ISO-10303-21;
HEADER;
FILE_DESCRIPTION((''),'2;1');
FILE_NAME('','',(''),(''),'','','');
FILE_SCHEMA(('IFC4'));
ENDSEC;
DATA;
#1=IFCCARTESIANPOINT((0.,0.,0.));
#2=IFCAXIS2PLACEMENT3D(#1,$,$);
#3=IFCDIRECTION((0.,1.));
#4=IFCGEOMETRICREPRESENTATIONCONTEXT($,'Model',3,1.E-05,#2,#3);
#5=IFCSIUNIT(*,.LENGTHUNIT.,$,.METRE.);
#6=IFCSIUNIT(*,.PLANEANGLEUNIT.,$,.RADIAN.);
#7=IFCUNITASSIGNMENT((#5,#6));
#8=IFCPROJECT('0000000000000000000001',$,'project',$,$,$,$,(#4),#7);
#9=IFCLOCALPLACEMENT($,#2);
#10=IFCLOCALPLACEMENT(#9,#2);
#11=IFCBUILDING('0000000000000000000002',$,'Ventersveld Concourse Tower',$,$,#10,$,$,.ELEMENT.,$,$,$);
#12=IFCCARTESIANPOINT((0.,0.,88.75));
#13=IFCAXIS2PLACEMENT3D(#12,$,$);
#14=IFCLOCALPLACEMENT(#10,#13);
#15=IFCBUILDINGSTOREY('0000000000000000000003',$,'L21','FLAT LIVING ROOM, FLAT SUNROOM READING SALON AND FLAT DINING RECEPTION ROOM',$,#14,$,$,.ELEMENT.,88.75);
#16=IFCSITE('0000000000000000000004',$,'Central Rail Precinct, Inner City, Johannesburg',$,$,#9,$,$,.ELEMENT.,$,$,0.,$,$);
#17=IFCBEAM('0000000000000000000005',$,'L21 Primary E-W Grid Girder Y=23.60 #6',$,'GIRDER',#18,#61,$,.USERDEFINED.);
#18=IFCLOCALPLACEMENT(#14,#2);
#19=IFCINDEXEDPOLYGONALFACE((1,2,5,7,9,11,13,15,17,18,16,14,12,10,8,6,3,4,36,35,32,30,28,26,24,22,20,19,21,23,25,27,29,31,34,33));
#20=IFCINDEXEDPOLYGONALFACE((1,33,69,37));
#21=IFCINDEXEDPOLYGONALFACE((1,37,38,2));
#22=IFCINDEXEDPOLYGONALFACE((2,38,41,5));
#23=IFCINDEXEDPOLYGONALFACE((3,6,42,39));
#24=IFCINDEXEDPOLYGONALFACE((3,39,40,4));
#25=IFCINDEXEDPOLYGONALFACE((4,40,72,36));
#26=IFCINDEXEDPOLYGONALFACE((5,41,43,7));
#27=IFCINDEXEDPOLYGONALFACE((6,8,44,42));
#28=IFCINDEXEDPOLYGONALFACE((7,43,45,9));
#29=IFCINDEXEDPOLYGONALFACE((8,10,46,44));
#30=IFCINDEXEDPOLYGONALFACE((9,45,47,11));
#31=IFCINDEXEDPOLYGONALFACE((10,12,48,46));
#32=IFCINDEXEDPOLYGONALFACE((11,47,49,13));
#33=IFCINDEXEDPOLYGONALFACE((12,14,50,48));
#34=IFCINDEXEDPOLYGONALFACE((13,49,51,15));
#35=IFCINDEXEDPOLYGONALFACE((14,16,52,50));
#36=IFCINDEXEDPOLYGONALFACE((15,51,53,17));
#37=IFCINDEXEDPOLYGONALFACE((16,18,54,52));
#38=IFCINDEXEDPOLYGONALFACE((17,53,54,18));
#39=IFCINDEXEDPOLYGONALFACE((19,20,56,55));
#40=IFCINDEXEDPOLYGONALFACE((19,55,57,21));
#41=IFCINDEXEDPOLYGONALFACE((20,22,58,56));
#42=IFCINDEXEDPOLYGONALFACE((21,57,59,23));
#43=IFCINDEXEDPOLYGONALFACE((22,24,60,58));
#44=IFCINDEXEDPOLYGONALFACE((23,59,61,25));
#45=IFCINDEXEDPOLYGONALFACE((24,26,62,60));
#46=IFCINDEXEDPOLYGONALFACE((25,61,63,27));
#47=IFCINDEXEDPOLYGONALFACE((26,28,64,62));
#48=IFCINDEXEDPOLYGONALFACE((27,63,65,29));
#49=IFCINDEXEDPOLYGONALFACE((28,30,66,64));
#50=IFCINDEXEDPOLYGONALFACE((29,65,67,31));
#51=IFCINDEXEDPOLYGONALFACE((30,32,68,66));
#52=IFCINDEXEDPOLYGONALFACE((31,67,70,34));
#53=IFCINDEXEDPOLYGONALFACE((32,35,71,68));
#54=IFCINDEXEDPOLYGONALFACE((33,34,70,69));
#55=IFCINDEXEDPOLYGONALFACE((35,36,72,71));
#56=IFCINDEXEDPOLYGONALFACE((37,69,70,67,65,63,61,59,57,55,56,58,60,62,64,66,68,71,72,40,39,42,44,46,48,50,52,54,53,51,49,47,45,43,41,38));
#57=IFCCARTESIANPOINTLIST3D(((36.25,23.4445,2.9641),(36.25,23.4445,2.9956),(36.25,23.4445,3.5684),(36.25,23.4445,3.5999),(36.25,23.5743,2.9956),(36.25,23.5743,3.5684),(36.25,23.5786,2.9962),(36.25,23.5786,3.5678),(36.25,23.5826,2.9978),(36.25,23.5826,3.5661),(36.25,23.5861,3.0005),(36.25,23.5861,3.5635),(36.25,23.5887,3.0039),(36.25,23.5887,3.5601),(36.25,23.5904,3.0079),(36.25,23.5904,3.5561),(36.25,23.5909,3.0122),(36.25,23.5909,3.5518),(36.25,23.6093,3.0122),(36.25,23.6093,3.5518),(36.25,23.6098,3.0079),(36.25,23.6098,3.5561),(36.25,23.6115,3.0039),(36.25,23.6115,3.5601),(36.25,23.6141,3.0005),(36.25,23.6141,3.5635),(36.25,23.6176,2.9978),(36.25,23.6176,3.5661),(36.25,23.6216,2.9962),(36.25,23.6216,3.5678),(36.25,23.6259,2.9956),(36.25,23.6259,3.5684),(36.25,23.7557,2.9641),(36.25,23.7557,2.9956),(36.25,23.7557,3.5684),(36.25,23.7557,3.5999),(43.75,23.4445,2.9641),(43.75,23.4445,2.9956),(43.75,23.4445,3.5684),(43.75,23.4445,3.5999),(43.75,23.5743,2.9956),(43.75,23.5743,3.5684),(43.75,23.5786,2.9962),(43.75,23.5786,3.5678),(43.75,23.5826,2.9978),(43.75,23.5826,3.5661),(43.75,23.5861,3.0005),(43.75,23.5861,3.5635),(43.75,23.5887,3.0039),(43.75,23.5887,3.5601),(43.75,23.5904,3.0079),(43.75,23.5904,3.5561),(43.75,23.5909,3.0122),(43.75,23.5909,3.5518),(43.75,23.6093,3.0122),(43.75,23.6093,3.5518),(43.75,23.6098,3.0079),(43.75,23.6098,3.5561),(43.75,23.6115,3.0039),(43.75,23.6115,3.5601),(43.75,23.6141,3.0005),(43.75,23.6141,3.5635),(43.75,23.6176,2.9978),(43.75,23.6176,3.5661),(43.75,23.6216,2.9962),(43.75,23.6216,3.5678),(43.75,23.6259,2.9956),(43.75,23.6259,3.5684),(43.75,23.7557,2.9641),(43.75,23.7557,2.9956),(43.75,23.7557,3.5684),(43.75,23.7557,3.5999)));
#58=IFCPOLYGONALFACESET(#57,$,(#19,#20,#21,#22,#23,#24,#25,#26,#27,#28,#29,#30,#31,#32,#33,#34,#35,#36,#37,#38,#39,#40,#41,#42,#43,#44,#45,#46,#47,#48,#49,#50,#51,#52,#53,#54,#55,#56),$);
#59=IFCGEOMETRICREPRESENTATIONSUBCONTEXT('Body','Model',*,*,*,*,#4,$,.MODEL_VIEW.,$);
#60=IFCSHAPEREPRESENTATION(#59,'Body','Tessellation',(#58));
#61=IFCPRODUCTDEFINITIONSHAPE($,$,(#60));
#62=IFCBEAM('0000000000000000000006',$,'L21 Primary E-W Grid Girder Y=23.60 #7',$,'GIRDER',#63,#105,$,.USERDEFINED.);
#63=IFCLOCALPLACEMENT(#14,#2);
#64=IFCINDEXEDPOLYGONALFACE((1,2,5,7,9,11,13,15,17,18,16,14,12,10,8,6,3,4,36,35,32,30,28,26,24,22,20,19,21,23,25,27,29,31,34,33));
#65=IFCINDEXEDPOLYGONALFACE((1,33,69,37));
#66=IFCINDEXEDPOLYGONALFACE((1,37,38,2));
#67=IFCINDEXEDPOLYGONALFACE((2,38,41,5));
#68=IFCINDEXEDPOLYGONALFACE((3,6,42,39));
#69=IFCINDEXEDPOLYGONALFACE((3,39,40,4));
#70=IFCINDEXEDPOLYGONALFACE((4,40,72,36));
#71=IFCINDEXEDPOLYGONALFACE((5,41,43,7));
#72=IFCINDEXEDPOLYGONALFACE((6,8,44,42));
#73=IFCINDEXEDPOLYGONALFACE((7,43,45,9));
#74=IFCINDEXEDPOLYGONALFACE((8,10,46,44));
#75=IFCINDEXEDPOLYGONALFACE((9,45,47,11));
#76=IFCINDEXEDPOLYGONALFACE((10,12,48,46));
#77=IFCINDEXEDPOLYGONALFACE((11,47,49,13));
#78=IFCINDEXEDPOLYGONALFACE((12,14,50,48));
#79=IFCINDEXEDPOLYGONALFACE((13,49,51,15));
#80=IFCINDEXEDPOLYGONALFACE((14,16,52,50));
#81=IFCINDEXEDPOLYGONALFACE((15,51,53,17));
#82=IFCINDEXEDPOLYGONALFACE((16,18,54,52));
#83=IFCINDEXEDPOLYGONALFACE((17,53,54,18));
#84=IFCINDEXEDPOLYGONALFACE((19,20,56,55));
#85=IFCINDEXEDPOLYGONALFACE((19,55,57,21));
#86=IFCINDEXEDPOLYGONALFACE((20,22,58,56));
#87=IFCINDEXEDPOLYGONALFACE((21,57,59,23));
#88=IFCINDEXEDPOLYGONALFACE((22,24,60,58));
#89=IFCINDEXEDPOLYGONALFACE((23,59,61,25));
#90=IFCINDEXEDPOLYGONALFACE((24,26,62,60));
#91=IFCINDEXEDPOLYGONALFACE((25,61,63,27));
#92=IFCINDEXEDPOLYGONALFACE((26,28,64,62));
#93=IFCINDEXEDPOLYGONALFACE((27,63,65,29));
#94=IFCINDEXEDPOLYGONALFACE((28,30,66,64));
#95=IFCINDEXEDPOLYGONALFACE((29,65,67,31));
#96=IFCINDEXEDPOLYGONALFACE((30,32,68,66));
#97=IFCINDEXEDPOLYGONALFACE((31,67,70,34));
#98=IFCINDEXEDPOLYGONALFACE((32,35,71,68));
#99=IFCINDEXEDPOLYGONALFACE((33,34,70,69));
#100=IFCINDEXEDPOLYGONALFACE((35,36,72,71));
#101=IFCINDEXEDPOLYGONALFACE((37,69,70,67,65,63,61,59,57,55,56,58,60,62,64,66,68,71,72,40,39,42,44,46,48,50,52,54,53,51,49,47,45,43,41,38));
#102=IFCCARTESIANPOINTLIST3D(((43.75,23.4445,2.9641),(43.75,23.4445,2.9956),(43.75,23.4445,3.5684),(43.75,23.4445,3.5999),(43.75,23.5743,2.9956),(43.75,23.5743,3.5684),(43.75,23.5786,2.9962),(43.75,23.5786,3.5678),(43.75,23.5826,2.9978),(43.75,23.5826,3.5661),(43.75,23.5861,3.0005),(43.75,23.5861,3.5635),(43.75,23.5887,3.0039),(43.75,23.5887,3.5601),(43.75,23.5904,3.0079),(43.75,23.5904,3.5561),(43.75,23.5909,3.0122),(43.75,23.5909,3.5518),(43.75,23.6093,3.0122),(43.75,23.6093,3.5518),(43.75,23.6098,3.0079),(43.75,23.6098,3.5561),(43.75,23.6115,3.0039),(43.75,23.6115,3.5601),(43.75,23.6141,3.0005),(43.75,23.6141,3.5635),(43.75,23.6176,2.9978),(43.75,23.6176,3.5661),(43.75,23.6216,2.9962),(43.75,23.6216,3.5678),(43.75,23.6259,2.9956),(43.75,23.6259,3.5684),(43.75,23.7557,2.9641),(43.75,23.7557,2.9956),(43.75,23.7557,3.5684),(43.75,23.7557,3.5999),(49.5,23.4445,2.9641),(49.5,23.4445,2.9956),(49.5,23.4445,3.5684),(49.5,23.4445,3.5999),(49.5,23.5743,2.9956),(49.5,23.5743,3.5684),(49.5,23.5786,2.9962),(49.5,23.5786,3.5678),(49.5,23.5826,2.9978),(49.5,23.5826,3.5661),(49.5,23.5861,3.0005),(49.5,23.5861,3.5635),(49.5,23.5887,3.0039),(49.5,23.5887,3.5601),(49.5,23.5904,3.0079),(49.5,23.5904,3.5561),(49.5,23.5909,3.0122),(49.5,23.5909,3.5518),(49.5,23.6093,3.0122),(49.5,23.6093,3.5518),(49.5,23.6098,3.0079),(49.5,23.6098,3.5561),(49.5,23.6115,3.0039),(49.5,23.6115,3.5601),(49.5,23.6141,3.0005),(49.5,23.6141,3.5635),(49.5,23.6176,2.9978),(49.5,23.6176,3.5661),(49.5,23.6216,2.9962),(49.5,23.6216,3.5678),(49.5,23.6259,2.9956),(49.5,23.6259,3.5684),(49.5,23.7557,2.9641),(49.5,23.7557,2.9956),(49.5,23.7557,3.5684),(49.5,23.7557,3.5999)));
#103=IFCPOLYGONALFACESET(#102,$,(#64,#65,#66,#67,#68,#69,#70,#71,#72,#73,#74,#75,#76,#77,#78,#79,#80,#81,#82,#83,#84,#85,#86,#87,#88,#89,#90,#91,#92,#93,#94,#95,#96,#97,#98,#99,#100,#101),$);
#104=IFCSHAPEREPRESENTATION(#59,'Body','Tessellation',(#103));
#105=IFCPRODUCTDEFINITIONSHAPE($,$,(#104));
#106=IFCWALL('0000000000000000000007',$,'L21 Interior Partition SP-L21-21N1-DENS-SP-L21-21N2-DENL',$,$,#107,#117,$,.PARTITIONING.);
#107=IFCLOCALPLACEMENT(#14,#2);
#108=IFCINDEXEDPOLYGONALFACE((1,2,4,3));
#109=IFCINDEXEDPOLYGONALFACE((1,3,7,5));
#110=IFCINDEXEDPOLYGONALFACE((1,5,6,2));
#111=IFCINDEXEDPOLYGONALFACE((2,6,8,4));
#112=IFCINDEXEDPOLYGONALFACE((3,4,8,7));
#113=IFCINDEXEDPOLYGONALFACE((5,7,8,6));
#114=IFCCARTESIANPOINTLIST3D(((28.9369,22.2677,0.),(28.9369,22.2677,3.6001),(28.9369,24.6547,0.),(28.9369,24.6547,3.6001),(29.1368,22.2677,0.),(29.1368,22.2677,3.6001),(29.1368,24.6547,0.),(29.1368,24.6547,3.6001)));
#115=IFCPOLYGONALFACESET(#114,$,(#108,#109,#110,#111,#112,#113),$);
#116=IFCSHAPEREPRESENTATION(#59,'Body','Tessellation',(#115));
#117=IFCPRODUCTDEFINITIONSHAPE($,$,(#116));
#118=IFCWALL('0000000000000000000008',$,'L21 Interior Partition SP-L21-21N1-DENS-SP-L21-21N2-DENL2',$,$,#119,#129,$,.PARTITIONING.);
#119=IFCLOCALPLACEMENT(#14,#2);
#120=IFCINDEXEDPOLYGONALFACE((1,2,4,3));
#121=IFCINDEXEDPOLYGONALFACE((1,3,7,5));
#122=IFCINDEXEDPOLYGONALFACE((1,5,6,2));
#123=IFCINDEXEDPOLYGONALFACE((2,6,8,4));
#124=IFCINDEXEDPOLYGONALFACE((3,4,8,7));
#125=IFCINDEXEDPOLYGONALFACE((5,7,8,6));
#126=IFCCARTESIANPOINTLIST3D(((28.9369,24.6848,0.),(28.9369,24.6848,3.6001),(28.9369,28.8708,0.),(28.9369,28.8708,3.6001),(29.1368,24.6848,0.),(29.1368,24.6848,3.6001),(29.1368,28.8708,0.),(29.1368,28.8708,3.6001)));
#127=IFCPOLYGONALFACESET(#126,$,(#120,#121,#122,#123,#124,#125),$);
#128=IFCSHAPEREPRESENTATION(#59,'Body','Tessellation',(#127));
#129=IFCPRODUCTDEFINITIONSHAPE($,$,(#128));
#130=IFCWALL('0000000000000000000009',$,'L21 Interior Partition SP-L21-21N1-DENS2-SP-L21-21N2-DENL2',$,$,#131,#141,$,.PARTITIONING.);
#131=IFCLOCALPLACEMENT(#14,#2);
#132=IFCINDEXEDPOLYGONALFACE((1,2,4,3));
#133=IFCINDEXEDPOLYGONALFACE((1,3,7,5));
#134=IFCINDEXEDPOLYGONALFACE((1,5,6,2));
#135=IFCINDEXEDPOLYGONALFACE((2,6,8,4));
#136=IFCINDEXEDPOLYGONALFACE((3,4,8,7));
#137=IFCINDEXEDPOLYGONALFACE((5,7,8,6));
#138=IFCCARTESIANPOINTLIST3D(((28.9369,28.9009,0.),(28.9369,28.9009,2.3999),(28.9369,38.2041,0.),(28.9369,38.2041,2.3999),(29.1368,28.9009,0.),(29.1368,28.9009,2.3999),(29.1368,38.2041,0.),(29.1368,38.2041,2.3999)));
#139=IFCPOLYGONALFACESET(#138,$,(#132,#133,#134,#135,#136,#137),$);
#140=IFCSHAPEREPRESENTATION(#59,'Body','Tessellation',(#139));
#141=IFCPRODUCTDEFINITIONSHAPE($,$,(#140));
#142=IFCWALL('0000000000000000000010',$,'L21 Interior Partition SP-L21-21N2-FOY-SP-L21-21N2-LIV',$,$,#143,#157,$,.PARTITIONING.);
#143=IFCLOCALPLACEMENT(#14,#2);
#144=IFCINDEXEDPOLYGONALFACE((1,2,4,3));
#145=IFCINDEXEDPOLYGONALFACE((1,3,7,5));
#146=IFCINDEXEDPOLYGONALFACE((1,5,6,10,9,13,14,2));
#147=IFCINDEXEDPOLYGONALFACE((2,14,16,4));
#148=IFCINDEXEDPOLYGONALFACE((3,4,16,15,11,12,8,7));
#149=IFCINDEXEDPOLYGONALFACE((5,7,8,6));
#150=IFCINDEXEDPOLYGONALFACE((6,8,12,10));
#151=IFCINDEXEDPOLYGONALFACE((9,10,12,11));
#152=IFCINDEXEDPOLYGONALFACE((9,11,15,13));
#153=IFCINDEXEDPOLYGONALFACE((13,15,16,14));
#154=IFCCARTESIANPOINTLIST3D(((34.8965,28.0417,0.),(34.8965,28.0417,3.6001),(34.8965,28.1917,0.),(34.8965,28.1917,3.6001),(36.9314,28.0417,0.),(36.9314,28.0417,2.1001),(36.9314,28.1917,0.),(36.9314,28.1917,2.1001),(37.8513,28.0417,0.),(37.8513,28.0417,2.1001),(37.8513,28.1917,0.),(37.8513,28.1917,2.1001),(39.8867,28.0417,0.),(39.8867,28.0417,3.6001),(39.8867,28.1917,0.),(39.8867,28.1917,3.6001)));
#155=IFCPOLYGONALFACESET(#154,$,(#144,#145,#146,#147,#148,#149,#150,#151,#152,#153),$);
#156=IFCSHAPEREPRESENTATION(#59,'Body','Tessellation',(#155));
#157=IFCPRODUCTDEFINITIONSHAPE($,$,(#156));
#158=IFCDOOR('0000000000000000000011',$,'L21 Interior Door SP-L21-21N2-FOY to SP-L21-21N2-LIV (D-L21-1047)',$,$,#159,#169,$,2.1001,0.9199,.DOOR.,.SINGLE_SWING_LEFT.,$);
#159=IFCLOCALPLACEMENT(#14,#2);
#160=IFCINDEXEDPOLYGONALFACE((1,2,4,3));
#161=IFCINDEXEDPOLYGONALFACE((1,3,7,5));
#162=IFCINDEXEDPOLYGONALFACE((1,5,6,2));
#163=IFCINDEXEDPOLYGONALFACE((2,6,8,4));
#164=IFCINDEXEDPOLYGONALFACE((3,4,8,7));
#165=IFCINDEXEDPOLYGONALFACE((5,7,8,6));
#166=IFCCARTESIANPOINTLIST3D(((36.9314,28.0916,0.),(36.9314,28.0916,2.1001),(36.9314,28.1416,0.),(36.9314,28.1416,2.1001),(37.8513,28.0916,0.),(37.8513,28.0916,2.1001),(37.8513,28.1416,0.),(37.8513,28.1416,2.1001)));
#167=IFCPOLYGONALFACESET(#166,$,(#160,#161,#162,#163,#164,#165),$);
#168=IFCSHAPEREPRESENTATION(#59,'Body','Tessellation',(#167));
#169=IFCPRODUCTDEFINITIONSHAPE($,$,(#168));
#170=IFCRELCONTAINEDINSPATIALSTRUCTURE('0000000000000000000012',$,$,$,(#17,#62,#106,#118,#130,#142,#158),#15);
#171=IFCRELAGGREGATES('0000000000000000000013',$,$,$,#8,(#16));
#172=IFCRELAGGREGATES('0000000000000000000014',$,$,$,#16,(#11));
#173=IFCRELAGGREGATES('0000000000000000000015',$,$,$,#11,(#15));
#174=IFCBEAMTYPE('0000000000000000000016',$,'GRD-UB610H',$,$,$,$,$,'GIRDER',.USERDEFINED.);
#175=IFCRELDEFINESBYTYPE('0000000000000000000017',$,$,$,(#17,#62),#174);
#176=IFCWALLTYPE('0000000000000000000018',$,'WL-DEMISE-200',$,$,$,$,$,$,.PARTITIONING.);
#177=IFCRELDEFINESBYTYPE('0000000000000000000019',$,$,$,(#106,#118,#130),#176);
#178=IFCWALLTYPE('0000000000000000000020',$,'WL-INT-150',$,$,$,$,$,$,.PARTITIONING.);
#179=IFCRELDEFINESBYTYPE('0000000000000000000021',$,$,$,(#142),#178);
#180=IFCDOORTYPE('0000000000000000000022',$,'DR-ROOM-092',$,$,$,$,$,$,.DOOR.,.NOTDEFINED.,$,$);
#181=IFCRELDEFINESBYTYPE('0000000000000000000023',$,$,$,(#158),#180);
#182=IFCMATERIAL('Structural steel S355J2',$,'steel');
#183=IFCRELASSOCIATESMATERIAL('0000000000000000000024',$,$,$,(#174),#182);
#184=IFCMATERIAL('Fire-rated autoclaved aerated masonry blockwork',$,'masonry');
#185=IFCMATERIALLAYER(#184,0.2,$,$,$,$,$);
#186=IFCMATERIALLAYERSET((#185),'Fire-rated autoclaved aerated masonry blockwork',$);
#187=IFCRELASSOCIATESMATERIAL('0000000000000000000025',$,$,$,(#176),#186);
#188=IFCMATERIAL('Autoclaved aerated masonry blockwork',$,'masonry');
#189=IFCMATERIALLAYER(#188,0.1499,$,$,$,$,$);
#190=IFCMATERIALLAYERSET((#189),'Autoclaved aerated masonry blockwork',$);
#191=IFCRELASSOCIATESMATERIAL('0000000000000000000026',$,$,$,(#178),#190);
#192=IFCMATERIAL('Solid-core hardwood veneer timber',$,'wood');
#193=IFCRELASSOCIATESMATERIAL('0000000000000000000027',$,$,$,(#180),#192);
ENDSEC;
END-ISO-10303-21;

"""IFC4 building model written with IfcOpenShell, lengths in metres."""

from ifc_helpers import new_model, si_unit, direction, frame, frame_2d, origin, origin_2d, place, context, subcontext, project, spatial, rectangle, i_section, extrude, material, layer, layer_set, material_profile, profile_set, type_object, element, fill, save


model = new_model("IFC4")

# Units and contexts
model_context = context("Model", 3, precision=1e-05, world=origin(), true_north=direction((0.0, 1.0)))
body_context = subcontext(model_context, "Body", "Model", "MODEL_VIEW")
ifc_project = project(units=[si_unit("LENGTHUNIT", "METRE"), si_unit("PLANEANGLEUNIT", "RADIAN")], contexts=[model_context])

# Site, building, storey
site_placement = place(None, origin())
site = spatial("IfcSite", under=ifc_project, at=site_placement, Name="Central Rail Precinct, Inner City, Johannesburg", CompositionType="ELEMENT", RefElevation=0.0)
building_placement = place(site_placement, origin())
building = spatial("IfcBuilding", under=site, at=building_placement, Name="Ventersveld Concourse Tower", CompositionType="ELEMENT")
storey_placement = place(building_placement, frame((0.0, 0.0, 88.75)))
storey = spatial("IfcBuildingStorey", under=building, at=storey_placement, Name="L21", Description="FLAT LIVING ROOM, FLAT SUNROOM READING SALON AND FLAT DINING RECEPTION ROOM", CompositionType="ELEMENT", Elevation=88.75)

# Beams
ifc_material_1 = material(Name="Structural steel S355J2", Category="steel")
ifc_material_profile_1 = material_profile(ifc_material_1, i_section(OverallWidth=0.3113, OverallDepth=0.6357, WebThickness=0.0183, FlangeThickness=0.0315, FilletRadius=0.0166, at=origin_2d()), Name="UB 610x305x238")
ifc_profile_set_1 = profile_set([ifc_material_profile_1], Name="Structural steel S355J2")
beam_type_1 = type_object("IfcBeamType", Name="GRD-UB610H", ElementType="GIRDER", PredefinedType="USERDEFINED", material=ifc_profile_set_1)
for number, where, z_axis, x_axis, name in (
    (1, (36.25, 23.6001, 3.282), (1.0, 0.0, 0.0), (0.0, 1.0, 0.0), "L21 Primary E-W Grid Girder Y=23.60 #6"),
):
    element("IfcBeam", number, at=place(storey_placement, frame(where, z_axis=z_axis, x_axis=x_axis)), inside=storey, type_object=beam_type_1, Name=name, ObjectType="GIRDER", PredefinedType="USERDEFINED", context=body_context, shape_type="SweptSolid", body=[
        extrude(i_section(OverallWidth=0.3113, OverallDepth=0.6357, WebThickness=0.0183, FlangeThickness=0.0315, FilletRadius=0.0166, at=origin_2d()), origin(), (0.0, 0.0, 1.0), 7.5),
    ])
beam_placement = place(storey_placement, frame((43.75, 23.6001, 3.282), z_axis=(1.0, 0.0, 0.0), x_axis=(0.0, 1.0, 0.0)))
element("IfcBeam", 2, at=beam_placement, inside=storey, type_object=beam_type_1, Name="L21 Primary E-W Grid Girder Y=23.60 #7", ObjectType="GIRDER", PredefinedType="USERDEFINED", context=body_context, shape_type="SweptSolid", body=[
    extrude(i_section(OverallWidth=0.3113, OverallDepth=0.6357, WebThickness=0.0183, FlangeThickness=0.0315, FilletRadius=0.0166, at=origin_2d()), origin(), (0.0, 0.0, 1.0), 5.75),
])

# Walls
ifc_material_2 = material(Name="Fire-rated autoclaved aerated masonry blockwork", Category="masonry")
ifc_layer_1 = layer(ifc_material_2, 0.2)
ifc_layer_set_1 = layer_set([ifc_layer_1], Name="Fire-rated autoclaved aerated masonry blockwork")
wall_type_1 = type_object("IfcWallType", Name="WL-DEMISE-200", PredefinedType="PARTITIONING", material=ifc_layer_set_1)
wall_1_placement = place(storey_placement, frame((29.0369, 22.2678, 0.0), z_axis=(0.0, 0.0, 1.0), x_axis=(0.0, 1.0, 0.0)))
element("IfcWall", 3, at=wall_1_placement, inside=storey, type_object=wall_type_1, Name="L21 Interior Partition SP-L21-21N1-DENS-SP-L21-21N2-DENL", PredefinedType="PARTITIONING", context=body_context, shape_type="SweptSolid", body=[
    extrude(rectangle(XDim=2.387, YDim=0.2, at=frame_2d((1.1934, 0.0))), origin(), (0.0, 0.0, 1.0), 3.6001),
])
wall_2_placement = place(storey_placement, frame((29.0369, 24.6848, 0.0), z_axis=(0.0, 0.0, 1.0), x_axis=(0.0, 1.0, 0.0)))
element("IfcWall", 4, at=wall_2_placement, inside=storey, type_object=wall_type_1, Name="L21 Interior Partition SP-L21-21N1-DENS-SP-L21-21N2-DENL2", PredefinedType="PARTITIONING", context=body_context, shape_type="SweptSolid", body=[
    extrude(rectangle(XDim=4.186, YDim=0.2, at=frame_2d((2.093, 0.0))), origin(), (0.0, 0.0, 1.0), 3.6001),
])
wall_3_placement = place(storey_placement, frame((29.0369, 28.9009, 0.0), z_axis=(0.0, 0.0, 1.0), x_axis=(0.0, 1.0, 0.0)))
element("IfcWall", 5, at=wall_3_placement, inside=storey, type_object=wall_type_1, Name="L21 Interior Partition SP-L21-21N1-DENS2-SP-L21-21N2-DENL2", PredefinedType="PARTITIONING", context=body_context, shape_type="SweptSolid", body=[
    extrude(rectangle(XDim=9.3032, YDim=0.2, at=frame_2d((4.6516, 0.0))), origin(), (0.0, 0.0, 1.0), 2.3999),
])

# Wall, opening, door
ifc_material_3 = material(Name="Autoclaved aerated masonry blockwork", Category="masonry")
ifc_layer_2 = layer(ifc_material_3, 0.1499)
ifc_layer_set_2 = layer_set([ifc_layer_2], Name="Autoclaved aerated masonry blockwork")
wall_type_2 = type_object("IfcWallType", Name="WL-INT-150", PredefinedType="PARTITIONING", material=ifc_layer_set_2)
wall_4_placement = place(storey_placement, frame((34.8965, 28.1167, 0.0), z_axis=(0.0, 0.0, 1.0), x_axis=(1.0, 0.0, 0.0)))
wall_4 = element("IfcWall", 6, at=wall_4_placement, inside=storey, type_object=wall_type_2, Name="L21 Interior Partition SP-L21-21N2-FOY-SP-L21-21N2-LIV", PredefinedType="PARTITIONING", context=body_context, shape_type="SweptSolid", body=[
    extrude(rectangle(XDim=4.9902, YDim=0.1499, at=frame_2d((2.4951, 0.0))), origin(), (0.0, 0.0, 1.0), 3.6001),
])
opening_1_placement = place(wall_4_placement, frame((2.0349, 0.0, 0.0)))
opening_1 = element("IfcOpeningElement", 7, at=opening_1_placement, cuts=wall_4, PredefinedType="OPENING", context=body_context, shape_type="SweptSolid", body=[
    extrude(rectangle(XDim=0.9199, YDim=2.1001, at=frame_2d((0.46, 1.05))), frame((0.0, 0.085, 0.0), z_axis=(0.0, -1.0, 0.0), x_axis=(1.0, 0.0, 0.0)), (0.0, 0.0, 1.0), 0.1699),
])
ifc_material_4 = material(Name="Solid-core hardwood veneer timber", Category="wood")
door_type = type_object("IfcDoorType", Name="DR-ROOM-092", OperationType="NOTDEFINED", PredefinedType="DOOR", material=ifc_material_4)
door_1_placement = place(opening_1_placement, origin())
door_1 = element("IfcDoor", 8, at=door_1_placement, inside=storey, type_object=door_type, Name="L21 Interior Door SP-L21-21N2-FOY to SP-L21-21N2-LIV (D-L21-1047)", OperationType="SINGLE_SWING_LEFT", OverallHeight=2.1001, OverallWidth=0.9199, PredefinedType="DOOR", context=body_context, shape_type="SweptSolid", body=[
    extrude(rectangle(XDim=0.9199, YDim=2.1001, at=frame_2d((0.46, 1.05))), frame((0.0, 0.0249, 0.0), z_axis=(0.0, -1.0, 0.0), x_axis=(1.0, 0.0, 0.0)), (0.0, 0.0, 1.0), 0.05),
])
fill(opening_1, door_1)

save(model, "model.ifc")
